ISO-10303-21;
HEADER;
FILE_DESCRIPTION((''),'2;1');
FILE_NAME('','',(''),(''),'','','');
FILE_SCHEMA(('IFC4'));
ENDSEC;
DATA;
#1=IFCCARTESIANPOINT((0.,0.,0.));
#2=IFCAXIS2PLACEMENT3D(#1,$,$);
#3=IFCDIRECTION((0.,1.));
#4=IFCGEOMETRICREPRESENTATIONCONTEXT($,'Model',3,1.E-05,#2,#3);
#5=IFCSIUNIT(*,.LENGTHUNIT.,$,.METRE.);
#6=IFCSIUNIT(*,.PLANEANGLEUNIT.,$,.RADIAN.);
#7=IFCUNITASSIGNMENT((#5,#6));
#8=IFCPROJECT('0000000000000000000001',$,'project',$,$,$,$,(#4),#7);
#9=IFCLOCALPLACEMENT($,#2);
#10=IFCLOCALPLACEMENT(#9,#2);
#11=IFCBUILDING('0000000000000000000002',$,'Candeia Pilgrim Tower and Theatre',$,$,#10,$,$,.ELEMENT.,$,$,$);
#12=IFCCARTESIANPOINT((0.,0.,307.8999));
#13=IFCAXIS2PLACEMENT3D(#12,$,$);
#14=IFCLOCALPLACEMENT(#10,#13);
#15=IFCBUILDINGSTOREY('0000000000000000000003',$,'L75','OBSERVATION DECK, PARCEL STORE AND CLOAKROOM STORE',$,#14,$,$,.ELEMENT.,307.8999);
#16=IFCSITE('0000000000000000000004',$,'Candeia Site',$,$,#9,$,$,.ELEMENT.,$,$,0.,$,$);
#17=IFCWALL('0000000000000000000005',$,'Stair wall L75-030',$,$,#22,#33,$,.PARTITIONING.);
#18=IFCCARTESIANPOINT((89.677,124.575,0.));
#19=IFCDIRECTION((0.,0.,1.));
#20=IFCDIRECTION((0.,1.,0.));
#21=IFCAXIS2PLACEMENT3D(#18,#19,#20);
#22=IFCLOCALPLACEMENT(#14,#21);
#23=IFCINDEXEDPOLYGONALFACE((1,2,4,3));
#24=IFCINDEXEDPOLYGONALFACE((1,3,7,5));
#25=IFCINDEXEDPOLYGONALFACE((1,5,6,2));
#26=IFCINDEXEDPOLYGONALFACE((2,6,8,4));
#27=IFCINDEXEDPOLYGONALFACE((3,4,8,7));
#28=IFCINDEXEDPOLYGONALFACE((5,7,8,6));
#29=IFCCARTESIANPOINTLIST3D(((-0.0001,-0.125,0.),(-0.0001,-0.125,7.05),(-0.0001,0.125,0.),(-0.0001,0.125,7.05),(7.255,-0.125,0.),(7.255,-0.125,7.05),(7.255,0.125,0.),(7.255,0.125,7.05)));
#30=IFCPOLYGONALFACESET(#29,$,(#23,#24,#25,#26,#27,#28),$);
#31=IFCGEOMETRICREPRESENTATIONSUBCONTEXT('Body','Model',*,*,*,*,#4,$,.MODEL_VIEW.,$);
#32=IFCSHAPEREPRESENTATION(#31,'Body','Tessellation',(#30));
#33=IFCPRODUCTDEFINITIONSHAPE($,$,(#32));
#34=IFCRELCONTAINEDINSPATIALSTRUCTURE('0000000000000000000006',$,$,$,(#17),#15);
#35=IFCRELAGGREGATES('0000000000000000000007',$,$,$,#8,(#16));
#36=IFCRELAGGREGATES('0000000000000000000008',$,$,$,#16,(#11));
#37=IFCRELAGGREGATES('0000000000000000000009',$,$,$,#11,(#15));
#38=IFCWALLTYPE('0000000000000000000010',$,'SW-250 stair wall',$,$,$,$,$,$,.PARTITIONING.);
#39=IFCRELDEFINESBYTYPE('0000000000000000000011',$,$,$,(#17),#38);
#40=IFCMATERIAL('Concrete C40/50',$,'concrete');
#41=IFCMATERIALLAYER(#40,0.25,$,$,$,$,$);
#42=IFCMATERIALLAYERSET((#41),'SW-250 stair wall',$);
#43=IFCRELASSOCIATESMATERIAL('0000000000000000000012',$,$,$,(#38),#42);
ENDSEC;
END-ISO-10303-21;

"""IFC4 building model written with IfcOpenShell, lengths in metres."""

from ifc_helpers import new_model, si_unit, direction, frame, frame_2d, origin, place, context, subcontext, project, spatial, rectangle, extrude, material, layer, layer_set, type_object, element, save


model = new_model("IFC4")

# Units and contexts
model_context = context("Model", 3, precision=1e-05, world=origin(), true_north=direction((0.0, 1.0)))
body_context = subcontext(model_context, "Body", "Model", "MODEL_VIEW")
ifc_project = project(units=[si_unit("LENGTHUNIT", "METRE"), si_unit("PLANEANGLEUNIT", "RADIAN")], contexts=[model_context])

# Site, building, storey
site_placement = place(None, origin())
site = spatial("IfcSite", under=ifc_project, at=site_placement, Name="Candeia Site", CompositionType="ELEMENT", RefElevation=0.0)
building_placement = place(site_placement, origin())
building = spatial("IfcBuilding", under=site, at=building_placement, Name="Candeia Pilgrim Tower and Theatre", CompositionType="ELEMENT")
storey_placement = place(building_placement, frame((0.0, 0.0, 307.8999)))
storey = spatial("IfcBuildingStorey", under=building, at=storey_placement, Name="L75", Description="OBSERVATION DECK, PARCEL STORE AND CLOAKROOM STORE", CompositionType="ELEMENT", Elevation=307.8999)

# Wall
ifc_material_1 = material(Name="Concrete C40/50", Category="concrete")
ifc_layer = layer(ifc_material_1, 0.25)
ifc_layer_set = layer_set([ifc_layer], Name="SW-250 stair wall")
wall_type = type_object("IfcWallType", Name="SW-250 stair wall", PredefinedType="PARTITIONING", material=ifc_layer_set)
wall_placement = place(storey_placement, frame((89.677, 124.575, 0.0), z_axis=(0.0, 0.0, 1.0), x_axis=(0.0, 1.0, 0.0)))
element("IfcWall", 1, at=wall_placement, inside=storey, type_object=wall_type, Name="Stair wall L75-030", PredefinedType="PARTITIONING", context=body_context, shape_type="SweptSolid", body=[
    extrude(rectangle(XDim=7.2551, YDim=0.25, at=frame_2d((3.6274, 0.0))), origin(), (0.0, 0.0, 1.0), 7.05),
])

save(model, "model.ifc")
